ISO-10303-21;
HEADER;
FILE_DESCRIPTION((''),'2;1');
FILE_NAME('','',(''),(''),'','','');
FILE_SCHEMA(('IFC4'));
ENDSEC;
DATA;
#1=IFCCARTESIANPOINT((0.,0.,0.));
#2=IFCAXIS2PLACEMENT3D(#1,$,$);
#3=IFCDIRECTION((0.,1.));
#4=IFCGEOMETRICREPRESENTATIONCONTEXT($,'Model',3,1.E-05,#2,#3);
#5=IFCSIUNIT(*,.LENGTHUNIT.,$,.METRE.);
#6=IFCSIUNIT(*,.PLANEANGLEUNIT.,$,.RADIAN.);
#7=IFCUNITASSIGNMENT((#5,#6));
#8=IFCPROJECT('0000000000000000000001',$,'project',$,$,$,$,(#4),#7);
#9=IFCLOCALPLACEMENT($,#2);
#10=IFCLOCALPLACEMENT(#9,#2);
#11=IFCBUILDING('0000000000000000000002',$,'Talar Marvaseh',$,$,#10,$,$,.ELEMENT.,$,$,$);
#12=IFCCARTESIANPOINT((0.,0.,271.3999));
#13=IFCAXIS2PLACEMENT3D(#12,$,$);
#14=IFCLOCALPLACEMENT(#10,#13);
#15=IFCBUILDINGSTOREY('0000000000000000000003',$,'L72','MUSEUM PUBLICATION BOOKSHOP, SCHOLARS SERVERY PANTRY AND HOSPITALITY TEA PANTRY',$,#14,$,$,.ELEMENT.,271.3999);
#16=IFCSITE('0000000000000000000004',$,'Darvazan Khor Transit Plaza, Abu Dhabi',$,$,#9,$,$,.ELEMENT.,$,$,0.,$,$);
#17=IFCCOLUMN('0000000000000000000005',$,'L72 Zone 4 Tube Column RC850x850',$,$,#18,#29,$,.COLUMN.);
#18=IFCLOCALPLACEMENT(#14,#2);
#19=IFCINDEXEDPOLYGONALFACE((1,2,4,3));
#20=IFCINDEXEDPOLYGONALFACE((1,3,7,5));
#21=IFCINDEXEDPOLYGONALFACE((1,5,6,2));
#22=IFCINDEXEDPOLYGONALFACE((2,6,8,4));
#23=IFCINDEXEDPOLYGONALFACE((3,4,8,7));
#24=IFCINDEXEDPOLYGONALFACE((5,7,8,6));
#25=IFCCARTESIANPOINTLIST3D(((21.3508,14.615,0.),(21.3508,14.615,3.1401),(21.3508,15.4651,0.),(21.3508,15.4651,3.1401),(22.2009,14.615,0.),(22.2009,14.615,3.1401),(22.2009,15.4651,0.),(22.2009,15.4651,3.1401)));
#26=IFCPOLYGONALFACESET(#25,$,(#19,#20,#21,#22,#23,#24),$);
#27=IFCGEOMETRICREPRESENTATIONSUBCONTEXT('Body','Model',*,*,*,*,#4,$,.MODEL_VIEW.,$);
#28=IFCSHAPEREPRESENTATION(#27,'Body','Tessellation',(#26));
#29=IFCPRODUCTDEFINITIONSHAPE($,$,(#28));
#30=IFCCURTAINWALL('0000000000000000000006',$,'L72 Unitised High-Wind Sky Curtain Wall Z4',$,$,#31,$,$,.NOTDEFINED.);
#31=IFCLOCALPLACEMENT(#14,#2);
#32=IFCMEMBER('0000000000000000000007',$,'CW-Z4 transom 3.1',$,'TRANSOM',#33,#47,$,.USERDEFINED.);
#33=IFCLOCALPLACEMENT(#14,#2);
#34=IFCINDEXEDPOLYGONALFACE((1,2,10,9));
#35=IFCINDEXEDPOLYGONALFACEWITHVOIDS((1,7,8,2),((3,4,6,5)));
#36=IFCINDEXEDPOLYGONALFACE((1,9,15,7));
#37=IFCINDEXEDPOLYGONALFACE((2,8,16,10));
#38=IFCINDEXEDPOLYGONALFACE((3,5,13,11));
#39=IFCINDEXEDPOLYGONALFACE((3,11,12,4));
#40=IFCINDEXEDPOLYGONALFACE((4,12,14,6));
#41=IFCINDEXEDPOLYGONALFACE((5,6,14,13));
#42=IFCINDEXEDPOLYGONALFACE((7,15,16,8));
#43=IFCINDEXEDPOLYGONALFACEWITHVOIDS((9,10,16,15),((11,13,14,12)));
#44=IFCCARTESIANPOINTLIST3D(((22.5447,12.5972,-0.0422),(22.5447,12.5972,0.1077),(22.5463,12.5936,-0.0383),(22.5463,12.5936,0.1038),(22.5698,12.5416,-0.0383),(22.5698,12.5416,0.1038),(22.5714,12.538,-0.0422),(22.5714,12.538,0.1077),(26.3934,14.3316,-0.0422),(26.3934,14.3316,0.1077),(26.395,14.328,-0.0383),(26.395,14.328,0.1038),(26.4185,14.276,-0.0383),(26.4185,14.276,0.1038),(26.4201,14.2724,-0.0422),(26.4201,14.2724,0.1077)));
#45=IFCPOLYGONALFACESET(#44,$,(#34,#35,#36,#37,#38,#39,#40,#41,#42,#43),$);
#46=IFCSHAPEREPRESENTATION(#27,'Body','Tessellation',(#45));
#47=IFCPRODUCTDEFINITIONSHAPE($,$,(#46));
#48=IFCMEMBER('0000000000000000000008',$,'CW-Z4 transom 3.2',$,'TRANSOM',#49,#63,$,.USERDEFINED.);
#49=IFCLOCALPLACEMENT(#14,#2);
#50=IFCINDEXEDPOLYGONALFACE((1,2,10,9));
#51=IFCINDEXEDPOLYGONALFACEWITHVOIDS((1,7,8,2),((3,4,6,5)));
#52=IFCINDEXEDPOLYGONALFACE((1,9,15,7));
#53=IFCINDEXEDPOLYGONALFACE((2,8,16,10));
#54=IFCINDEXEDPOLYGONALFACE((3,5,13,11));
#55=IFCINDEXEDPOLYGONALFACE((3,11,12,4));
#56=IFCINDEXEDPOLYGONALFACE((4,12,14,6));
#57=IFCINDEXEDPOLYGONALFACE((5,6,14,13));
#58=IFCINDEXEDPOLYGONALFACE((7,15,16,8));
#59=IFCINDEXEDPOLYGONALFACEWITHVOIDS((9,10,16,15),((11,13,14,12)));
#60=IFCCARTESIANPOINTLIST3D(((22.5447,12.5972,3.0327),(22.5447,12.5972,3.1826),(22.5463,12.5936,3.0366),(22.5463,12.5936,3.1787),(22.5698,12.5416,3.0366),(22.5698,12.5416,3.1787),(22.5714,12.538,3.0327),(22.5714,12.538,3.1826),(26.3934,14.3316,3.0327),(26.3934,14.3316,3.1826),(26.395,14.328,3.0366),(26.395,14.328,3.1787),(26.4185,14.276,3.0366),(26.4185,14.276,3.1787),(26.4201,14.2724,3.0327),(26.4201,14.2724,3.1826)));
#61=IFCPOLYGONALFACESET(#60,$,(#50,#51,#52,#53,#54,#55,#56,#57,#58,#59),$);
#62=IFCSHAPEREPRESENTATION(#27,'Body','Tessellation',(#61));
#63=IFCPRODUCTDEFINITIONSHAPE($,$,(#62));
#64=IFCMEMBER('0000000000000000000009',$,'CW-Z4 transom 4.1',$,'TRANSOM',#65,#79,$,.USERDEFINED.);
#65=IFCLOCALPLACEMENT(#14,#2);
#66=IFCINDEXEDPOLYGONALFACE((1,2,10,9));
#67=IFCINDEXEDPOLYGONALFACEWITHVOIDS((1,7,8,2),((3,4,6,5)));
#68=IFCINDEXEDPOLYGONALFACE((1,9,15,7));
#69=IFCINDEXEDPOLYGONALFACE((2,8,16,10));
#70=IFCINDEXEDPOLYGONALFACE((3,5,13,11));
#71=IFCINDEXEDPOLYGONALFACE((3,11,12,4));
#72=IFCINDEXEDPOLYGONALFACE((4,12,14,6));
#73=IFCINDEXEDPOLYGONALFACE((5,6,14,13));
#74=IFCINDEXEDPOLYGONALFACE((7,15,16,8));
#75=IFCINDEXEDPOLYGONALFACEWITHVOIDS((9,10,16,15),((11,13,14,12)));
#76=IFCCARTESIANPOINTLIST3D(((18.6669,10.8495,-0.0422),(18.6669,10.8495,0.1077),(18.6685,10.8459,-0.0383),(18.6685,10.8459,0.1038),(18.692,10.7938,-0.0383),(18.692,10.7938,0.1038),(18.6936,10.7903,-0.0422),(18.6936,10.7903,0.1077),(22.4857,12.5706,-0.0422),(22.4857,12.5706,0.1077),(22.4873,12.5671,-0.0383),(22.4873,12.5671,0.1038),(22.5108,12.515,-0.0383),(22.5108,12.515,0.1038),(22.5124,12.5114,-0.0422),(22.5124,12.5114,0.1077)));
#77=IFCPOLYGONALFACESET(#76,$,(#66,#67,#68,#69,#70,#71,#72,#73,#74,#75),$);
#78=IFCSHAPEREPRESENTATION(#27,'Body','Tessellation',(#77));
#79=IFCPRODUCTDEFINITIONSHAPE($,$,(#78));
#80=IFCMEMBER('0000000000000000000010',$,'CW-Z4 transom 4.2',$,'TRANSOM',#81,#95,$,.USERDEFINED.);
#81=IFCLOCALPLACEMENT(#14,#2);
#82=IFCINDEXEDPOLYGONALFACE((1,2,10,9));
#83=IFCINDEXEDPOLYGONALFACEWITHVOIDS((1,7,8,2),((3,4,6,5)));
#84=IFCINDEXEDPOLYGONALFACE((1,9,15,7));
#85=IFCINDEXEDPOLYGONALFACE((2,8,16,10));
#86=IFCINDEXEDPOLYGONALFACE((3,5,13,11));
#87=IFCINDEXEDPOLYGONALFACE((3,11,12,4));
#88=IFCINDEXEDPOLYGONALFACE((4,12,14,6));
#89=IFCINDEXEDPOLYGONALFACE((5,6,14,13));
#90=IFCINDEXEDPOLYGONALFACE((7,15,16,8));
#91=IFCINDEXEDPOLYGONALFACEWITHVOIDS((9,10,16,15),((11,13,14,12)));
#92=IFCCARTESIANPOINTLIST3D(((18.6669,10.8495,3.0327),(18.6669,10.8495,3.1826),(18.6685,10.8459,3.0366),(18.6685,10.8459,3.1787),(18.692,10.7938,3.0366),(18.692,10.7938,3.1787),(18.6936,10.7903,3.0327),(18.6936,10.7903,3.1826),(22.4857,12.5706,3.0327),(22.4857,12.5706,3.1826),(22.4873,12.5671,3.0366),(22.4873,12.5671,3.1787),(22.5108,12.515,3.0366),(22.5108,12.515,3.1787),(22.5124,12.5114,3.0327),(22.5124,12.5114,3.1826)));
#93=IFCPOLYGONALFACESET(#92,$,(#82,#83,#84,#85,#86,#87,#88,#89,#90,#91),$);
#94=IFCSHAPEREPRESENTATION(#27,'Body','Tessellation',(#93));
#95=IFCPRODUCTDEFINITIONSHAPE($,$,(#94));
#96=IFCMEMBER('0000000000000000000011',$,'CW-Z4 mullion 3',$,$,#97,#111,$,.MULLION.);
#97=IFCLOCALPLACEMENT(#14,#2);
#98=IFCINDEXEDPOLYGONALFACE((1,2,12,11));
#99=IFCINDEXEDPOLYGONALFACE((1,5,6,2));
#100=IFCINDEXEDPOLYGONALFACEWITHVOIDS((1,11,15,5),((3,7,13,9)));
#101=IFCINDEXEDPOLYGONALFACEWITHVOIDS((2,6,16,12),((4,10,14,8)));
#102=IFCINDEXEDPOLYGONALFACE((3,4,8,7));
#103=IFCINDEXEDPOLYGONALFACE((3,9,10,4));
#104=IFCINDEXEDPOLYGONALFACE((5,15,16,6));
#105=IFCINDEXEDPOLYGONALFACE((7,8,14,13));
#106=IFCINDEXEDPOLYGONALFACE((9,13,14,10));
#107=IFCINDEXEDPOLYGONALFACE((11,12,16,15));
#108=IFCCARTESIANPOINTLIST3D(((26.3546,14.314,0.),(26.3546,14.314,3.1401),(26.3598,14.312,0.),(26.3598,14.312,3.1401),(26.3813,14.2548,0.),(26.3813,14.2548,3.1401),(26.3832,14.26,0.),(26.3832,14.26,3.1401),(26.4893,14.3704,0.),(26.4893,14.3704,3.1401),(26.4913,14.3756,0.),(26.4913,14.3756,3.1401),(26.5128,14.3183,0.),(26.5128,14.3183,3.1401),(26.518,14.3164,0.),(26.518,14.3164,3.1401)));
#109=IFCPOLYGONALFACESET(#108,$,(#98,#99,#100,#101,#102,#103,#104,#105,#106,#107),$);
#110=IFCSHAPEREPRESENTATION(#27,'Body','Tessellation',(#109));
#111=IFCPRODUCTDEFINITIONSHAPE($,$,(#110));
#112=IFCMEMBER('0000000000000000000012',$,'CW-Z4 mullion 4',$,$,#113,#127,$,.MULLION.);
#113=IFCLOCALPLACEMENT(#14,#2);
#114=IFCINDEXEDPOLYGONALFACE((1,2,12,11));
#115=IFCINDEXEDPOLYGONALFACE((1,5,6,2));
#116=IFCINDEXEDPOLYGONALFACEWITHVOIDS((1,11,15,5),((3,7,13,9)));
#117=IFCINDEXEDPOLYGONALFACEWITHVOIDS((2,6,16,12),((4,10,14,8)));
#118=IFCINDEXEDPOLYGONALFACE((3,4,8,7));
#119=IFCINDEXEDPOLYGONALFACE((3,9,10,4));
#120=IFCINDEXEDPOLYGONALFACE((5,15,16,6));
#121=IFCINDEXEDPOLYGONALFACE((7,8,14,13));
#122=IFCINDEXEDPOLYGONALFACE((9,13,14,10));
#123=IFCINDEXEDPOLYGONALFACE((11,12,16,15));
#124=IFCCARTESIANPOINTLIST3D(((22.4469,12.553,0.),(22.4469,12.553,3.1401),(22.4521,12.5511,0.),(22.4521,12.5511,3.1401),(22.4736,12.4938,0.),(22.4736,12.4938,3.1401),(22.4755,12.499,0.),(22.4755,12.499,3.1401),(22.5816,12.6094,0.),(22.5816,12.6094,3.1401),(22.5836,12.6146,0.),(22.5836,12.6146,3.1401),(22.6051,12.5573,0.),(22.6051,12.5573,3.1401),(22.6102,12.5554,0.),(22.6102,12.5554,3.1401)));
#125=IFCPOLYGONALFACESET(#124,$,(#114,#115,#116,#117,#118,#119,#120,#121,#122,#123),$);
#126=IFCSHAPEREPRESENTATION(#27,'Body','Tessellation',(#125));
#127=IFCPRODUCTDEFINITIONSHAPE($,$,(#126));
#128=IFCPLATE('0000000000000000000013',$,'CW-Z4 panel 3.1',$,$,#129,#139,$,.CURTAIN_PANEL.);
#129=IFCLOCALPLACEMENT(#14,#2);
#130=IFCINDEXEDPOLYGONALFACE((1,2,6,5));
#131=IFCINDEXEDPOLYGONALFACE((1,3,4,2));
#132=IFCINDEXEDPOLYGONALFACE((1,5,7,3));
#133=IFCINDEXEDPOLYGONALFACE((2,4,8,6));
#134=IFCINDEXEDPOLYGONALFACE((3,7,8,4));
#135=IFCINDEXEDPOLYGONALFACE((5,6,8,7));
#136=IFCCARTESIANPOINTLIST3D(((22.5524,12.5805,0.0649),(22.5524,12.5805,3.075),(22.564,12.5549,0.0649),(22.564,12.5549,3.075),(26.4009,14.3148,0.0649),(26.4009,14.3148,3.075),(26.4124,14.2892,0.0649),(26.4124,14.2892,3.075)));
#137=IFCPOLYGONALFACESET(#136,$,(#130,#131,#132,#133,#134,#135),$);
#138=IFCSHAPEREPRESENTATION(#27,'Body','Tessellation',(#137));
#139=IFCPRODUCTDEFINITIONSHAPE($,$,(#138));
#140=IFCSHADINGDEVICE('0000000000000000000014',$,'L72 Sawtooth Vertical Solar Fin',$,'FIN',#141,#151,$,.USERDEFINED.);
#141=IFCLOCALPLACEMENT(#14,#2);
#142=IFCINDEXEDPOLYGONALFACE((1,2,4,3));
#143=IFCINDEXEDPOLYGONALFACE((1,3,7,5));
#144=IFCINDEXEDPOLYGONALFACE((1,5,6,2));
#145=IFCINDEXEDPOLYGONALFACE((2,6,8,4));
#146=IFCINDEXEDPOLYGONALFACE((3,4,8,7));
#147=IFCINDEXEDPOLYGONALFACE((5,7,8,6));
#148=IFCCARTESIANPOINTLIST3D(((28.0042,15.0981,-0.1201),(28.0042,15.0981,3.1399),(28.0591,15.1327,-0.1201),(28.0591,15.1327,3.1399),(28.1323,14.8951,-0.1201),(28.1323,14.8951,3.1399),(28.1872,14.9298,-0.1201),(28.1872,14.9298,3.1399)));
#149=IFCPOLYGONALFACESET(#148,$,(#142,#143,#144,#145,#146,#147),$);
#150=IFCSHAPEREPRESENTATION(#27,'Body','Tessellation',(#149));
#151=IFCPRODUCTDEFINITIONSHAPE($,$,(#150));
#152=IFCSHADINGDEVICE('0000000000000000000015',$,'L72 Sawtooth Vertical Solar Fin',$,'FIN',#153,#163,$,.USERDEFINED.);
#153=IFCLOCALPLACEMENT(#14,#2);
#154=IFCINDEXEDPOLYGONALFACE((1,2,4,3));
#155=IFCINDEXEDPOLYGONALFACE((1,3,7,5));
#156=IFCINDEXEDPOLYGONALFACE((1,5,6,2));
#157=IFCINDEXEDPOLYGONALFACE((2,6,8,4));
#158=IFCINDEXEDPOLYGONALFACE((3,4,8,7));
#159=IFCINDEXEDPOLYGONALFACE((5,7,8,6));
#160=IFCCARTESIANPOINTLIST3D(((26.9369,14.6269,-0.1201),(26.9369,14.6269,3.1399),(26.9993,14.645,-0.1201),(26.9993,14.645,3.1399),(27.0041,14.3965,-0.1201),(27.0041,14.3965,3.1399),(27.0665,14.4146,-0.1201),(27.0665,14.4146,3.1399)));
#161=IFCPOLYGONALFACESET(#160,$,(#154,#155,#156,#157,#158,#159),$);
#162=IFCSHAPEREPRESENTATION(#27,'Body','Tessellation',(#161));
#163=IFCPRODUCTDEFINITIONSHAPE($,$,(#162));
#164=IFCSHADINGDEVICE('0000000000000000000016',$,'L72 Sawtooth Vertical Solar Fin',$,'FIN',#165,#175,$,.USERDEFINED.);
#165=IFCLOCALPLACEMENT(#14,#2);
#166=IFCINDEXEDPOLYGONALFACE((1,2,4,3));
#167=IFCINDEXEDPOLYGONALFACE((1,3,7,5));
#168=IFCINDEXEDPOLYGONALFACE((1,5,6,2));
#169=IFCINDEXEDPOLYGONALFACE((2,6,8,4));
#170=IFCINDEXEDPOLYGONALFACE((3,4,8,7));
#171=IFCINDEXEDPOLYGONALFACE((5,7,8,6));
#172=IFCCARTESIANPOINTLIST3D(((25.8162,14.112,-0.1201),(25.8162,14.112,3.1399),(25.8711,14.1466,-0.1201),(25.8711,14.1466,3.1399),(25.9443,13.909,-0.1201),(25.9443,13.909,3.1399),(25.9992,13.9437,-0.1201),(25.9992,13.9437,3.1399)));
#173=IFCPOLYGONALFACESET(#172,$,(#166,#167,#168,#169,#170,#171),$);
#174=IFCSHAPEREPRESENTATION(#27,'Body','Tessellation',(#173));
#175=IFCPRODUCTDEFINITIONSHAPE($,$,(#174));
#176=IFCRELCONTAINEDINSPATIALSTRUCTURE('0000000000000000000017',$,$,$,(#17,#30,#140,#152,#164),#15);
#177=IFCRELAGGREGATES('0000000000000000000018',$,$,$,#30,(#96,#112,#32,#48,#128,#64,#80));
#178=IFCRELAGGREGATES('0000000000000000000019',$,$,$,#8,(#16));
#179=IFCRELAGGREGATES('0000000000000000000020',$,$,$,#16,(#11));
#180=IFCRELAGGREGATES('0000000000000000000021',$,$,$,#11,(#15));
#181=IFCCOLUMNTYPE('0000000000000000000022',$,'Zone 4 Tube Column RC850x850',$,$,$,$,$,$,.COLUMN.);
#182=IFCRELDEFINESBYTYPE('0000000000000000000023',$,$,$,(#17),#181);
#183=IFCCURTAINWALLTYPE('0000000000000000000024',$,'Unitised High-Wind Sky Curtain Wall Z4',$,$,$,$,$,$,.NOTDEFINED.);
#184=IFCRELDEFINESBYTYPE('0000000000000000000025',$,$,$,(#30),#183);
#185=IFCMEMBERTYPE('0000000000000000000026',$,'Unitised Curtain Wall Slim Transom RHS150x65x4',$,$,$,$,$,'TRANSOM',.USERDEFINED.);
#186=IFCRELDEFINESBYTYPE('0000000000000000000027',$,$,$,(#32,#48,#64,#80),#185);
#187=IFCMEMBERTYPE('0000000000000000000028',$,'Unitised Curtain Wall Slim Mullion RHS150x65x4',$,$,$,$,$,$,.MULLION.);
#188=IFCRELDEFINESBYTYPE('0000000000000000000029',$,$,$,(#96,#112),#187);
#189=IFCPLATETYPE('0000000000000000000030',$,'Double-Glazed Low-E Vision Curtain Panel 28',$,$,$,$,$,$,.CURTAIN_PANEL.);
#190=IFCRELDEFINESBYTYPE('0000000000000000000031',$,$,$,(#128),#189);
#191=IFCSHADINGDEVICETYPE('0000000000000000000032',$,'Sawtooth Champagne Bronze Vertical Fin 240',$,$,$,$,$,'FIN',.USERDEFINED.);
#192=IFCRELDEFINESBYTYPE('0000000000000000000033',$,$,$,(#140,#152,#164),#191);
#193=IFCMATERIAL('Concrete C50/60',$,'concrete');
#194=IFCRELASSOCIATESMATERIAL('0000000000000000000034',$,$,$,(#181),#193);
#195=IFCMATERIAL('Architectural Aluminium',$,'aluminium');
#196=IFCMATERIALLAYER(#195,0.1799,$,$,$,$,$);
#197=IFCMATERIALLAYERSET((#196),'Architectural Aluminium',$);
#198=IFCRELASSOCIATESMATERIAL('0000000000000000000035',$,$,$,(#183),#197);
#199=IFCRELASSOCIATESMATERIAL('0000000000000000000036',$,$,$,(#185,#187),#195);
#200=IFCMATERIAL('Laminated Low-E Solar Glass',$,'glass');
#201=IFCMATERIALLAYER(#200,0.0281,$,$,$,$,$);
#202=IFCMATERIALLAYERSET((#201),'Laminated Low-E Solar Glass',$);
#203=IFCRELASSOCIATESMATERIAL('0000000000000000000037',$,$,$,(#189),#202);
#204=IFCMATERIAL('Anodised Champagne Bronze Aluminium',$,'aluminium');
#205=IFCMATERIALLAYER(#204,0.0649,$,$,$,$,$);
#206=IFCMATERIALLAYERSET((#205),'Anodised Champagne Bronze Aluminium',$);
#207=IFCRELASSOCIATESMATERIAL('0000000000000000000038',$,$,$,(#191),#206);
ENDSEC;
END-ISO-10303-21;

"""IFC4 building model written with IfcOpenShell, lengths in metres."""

from ifc_helpers import new_model, si_unit, direction, frame, origin, origin_2d, place, context, subcontext, project, spatial, rectangle, hollow_rectangle, extrude, source, transform, mapped, material, layer, layer_set, material_profile, profile_set, type_object, type_shapes, element, aggregate, save


model = new_model("IFC4")

# Units and contexts
model_context = context("Model", 3, precision=1e-05, world=origin(), true_north=direction((0.0, 1.0)))
body_context = subcontext(model_context, "Body", "Model", "MODEL_VIEW")
ifc_project = project(units=[si_unit("LENGTHUNIT", "METRE"), si_unit("PLANEANGLEUNIT", "RADIAN")], contexts=[model_context])

# Site, building, storey
site_placement = place(None, origin())
site = spatial("IfcSite", under=ifc_project, at=site_placement, Name="Darvazan Khor Transit Plaza, Abu Dhabi", CompositionType="ELEMENT", RefElevation=0.0)
building_placement = place(site_placement, origin())
building = spatial("IfcBuilding", under=site, at=building_placement, Name="Talar Marvaseh", CompositionType="ELEMENT")
storey_placement = place(building_placement, frame((0.0, 0.0, 271.3999)))
storey = spatial("IfcBuildingStorey", under=building, at=storey_placement, Name="L72", Description="MUSEUM PUBLICATION BOOKSHOP, SCHOLARS SERVERY PANTRY AND HOSPITALITY TEA PANTRY", CompositionType="ELEMENT", Elevation=271.3999)

# Column
ifc_material_1 = material(Name="Concrete C50/60", Category="concrete")
ifc_material_profile_1 = material_profile(ifc_material_1, rectangle(XDim=0.8501, YDim=0.8501, at=origin_2d()), Name="RC850x850")
ifc_profile_set_1 = profile_set([ifc_material_profile_1], Name="Concrete C50/60")
column_type = type_object("IfcColumnType", Name="Zone 4 Tube Column RC850x850", PredefinedType="COLUMN", material=ifc_profile_set_1)
column_placement = place(storey_placement, frame((21.7759, 15.04, 0.0), z_axis=(0.0, 0.0, 1.0), x_axis=(1.0, 0.0, 0.0)))
element("IfcColumn", 1, at=column_placement, inside=storey, type_object=column_type, Name="L72 Zone 4 Tube Column RC850x850", PredefinedType="COLUMN", context=body_context, shape_type="SweptSolid", body=[
    extrude(rectangle(XDim=0.8501, YDim=0.8501, at=origin_2d()), origin(), (0.0, 0.0, 1.0), 3.1401),
])

# Curtain wall, members, plate
ifc_material_2 = material(Name="Architectural Aluminium", Category="aluminium")
ifc_layer_1 = layer(ifc_material_2, 0.1799)
ifc_layer_set_1 = layer_set([ifc_layer_1], Name="Architectural Aluminium")
curtain_wall_type = type_object("IfcCurtainWallType", Name="Unitised High-Wind Sky Curtain Wall Z4", PredefinedType="NOTDEFINED", material=ifc_layer_set_1)
curtain_wall_placement = place(storey_placement, origin())
curtain_wall = element("IfcCurtainWall", 2, at=curtain_wall_placement, inside=storey, type_object=curtain_wall_type, Name="L72 Unitised High-Wind Sky Curtain Wall Z4", PredefinedType="NOTDEFINED")
ifc_material_profile_2 = material_profile(ifc_material_2, hollow_rectangle(XDim=0.0649, YDim=0.1499, WallThickness=0.0039, at=origin_2d()), Name="RHS150x65x4")
ifc_profile_set_2 = profile_set([ifc_material_profile_2], Name="Architectural Aluminium")
member_type_1 = type_object("IfcMemberType", Name="Unitised Curtain Wall Slim Transom RHS150x65x4", ElementType="TRANSOM", PredefinedType="USERDEFINED", material=ifc_profile_set_2)
shared_shape_1 = source(origin(), body_context, "Body", "SweptSolid", [
    extrude(hollow_rectangle(XDim=0.0649, YDim=0.1499, WallThickness=0.0039, at=origin_2d()), origin(), (0.0, 0.0, 1.0), 4.2214),
])
member_1_placement = place(storey_placement, frame((26.4067, 14.302, 0.0327), z_axis=(-0.911701, -0.410855, 0.0), x_axis=(0.410855, -0.911701, 0.0)))
member_1 = element("IfcMember", 3, at=member_1_placement, type_object=member_type_1, Name="CW-Z4 transom 3.1", ObjectType="TRANSOM", PredefinedType="USERDEFINED", context=body_context, shape_type="MappedRepresentation", body=[
    mapped(shared_shape_1, transform((0.0, 0.0, 0.0), x_axis=(1.0, 0.0, 0.0), y_axis=(0.0, 1.0, 0.0), z_axis=(0.0, 0.0, 1.0), scale=1.0)),
])
member_2_placement = place(storey_placement, frame((26.4067, 14.302, 3.1077), z_axis=(-0.911701, -0.410855, 0.0), x_axis=(0.410855, -0.911701, 0.0)))
member_2 = element("IfcMember", 4, at=member_2_placement, type_object=member_type_1, Name="CW-Z4 transom 3.2", ObjectType="TRANSOM", PredefinedType="USERDEFINED", context=body_context, shape_type="MappedRepresentation", body=[
    mapped(shared_shape_1, transform((0.0, 0.0, 0.0), x_axis=(1.0, 0.0, 0.0), y_axis=(0.0, 1.0, 0.0), z_axis=(0.0, 0.0, 1.0), scale=1.0)),
])
shared_shape_2 = source(origin(), body_context, "Body", "SweptSolid", [
    extrude(hollow_rectangle(XDim=0.0649, YDim=0.1499, WallThickness=0.0039, at=origin_2d()), origin(), (0.0, 0.0, 1.0), 4.1887),
])
type_shapes(member_type_1, [shared_shape_1, shared_shape_2])
member_3_placement = place(storey_placement, frame((22.499, 12.541, 0.0327), z_axis=(-0.911679, -0.410903, 0.0), x_axis=(0.410903, -0.911679, 0.0)))
member_3 = element("IfcMember", 5, at=member_3_placement, type_object=member_type_1, Name="CW-Z4 transom 4.1", ObjectType="TRANSOM", PredefinedType="USERDEFINED", context=body_context, shape_type="MappedRepresentation", body=[
    mapped(shared_shape_2, transform((0.0, 0.0, 0.0), x_axis=(1.0, 0.0, 0.0), y_axis=(0.0, 1.0, 0.0), z_axis=(0.0, 0.0, 1.0), scale=1.0)),
])
member_4_placement = place(storey_placement, frame((22.499, 12.541, 3.1077), z_axis=(-0.911679, -0.410903, 0.0), x_axis=(0.410903, -0.911679, 0.0)))
member_4 = element("IfcMember", 6, at=member_4_placement, type_object=member_type_1, Name="CW-Z4 transom 4.2", ObjectType="TRANSOM", PredefinedType="USERDEFINED", context=body_context, shape_type="MappedRepresentation", body=[
    mapped(shared_shape_2, transform((0.0, 0.0, 0.0), x_axis=(1.0, 0.0, 0.0), y_axis=(0.0, 1.0, 0.0), z_axis=(0.0, 0.0, 1.0), scale=1.0)),
])
ifc_material_profile_3 = material_profile(ifc_material_2, hollow_rectangle(XDim=0.0649, YDim=0.1499, WallThickness=0.0039, at=origin_2d()), Name="RHS150x65x4")
ifc_profile_set_3 = profile_set([ifc_material_profile_3], Name="Architectural Aluminium")
member_type_2 = type_object("IfcMemberType", Name="Unitised Curtain Wall Slim Mullion RHS150x65x4", PredefinedType="MULLION", material=ifc_profile_set_3)
shared_shape_3 = source(origin(), body_context, "Body", "SweptSolid", [
    extrude(hollow_rectangle(XDim=0.0649, YDim=0.1499, WallThickness=0.0039, at=origin_2d()), origin(), (0.0, 0.0, 1.0), 3.1401),
])
type_shapes(member_type_2, [shared_shape_3])
member_5_placement = place(storey_placement, frame((26.4363, 14.3152, 0.0), z_axis=(0.0, 0.0, 1.0), x_axis=(0.41086, -0.911699, 0.0)))
member_5 = element("IfcMember", 7, at=member_5_placement, type_object=member_type_2, Name="CW-Z4 mullion 3", PredefinedType="MULLION", context=body_context, shape_type="MappedRepresentation", body=[
    mapped(shared_shape_3, transform((0.0, 0.0, 0.0), x_axis=(1.0, 0.0, 0.0), y_axis=(0.0, 1.0, 0.0), z_axis=(0.0, 0.0, 1.0), scale=1.0)),
])
member_6_placement = place(storey_placement, frame((22.5286, 12.5542, 0.0), z_axis=(0.0, 0.0, 1.0), x_axis=(0.41086, -0.911699, 0.0)))
member_6 = element("IfcMember", 8, at=member_6_placement, type_object=member_type_2, Name="CW-Z4 mullion 4", PredefinedType="MULLION", context=body_context, shape_type="MappedRepresentation", body=[
    mapped(shared_shape_3, transform((0.0, 0.0, 0.0), x_axis=(1.0, 0.0, 0.0), y_axis=(0.0, 1.0, 0.0), z_axis=(0.0, 0.0, 1.0), scale=1.0)),
])
ifc_material_3 = material(Name="Laminated Low-E Solar Glass", Category="glass")
ifc_layer_2 = layer(ifc_material_3, 0.0281)
ifc_layer_set_2 = layer_set([ifc_layer_2], Name="Laminated Low-E Solar Glass")
plate_type = type_object("IfcPlateType", Name="Double-Glazed Low-E Vision Curtain Panel 28", PredefinedType="CURTAIN_PANEL", material=ifc_layer_set_2)
shared_shape_4 = source(origin(), body_context, "Body", "SweptSolid", [
    extrude(rectangle(XDim=4.2212, YDim=0.0281, at=origin_2d()), origin(), (0.0, 0.0, 1.0), 3.01),
])
type_shapes(plate_type, [shared_shape_4])
plate_placement = place(storey_placement, frame((24.4824, 13.4348, 0.0649), z_axis=(0.0, 0.0, 1.0), x_axis=(-0.911699, -0.41086, 0.0)))
plate = element("IfcPlate", 9, at=plate_placement, type_object=plate_type, Name="CW-Z4 panel 3.1", PredefinedType="CURTAIN_PANEL", context=body_context, shape_type="MappedRepresentation", body=[
    mapped(shared_shape_4, transform((0.0, 0.0, 0.0), x_axis=(1.0, 0.0, 0.0), y_axis=(0.0, 1.0, 0.0), z_axis=(0.0, 0.0, 1.0), scale=1.0)),
])
aggregate(curtain_wall, [member_5, member_6, member_1, member_2, plate, member_3, member_4])

# Shading devices
ifc_material_4 = material(Name="Anodised Champagne Bronze Aluminium", Category="aluminium")
ifc_layer_3 = layer(ifc_material_4, 0.0649)
ifc_layer_set_3 = layer_set([ifc_layer_3], Name="Anodised Champagne Bronze Aluminium")
shading_device_type = type_object("IfcShadingDeviceType", Name="Sawtooth Champagne Bronze Vertical Fin 240", ElementType="FIN", PredefinedType="USERDEFINED", material=ifc_layer_set_3)
shared_shape_5 = source(origin(), body_context, "Body", "SweptSolid", [
    extrude(rectangle(XDim=0.24, YDim=0.0649, at=origin_2d()), origin(), (0.0, 0.0, 1.0), 3.26),
])
type_shapes(shading_device_type, [shared_shape_5])
for number, where, z_axis, x_axis, name in (
    (10, (28.0957, 15.0139, -0.1201), (0.0, 0.0, 1.0), (0.533762, -0.845635, 0.0), "L72 Sawtooth Vertical Solar Fin"),
    (11, (27.0017, 14.5208, -0.1201), (0.0, 0.0, 1.0), (0.279997, -0.960001, 0.0), "L72 Sawtooth Vertical Solar Fin"),
    (12, (25.9077, 14.0278, -0.1201), (0.0, 0.0, 1.0), (0.533762, -0.845635, 0.0), "L72 Sawtooth Vertical Solar Fin"),
):
    element("IfcShadingDevice", number, at=place(storey_placement, frame(where, z_axis=z_axis, x_axis=x_axis)), inside=storey, type_object=shading_device_type, Name=name, ObjectType="FIN", PredefinedType="USERDEFINED", context=body_context, shape_type="MappedRepresentation", body=[
        mapped(shared_shape_5, transform((0.0, 0.0, 0.0), x_axis=(1.0, 0.0, 0.0), y_axis=(0.0, 1.0, 0.0), z_axis=(0.0, 0.0, 1.0), scale=1.0)),
    ])

save(model, "model.ifc")
